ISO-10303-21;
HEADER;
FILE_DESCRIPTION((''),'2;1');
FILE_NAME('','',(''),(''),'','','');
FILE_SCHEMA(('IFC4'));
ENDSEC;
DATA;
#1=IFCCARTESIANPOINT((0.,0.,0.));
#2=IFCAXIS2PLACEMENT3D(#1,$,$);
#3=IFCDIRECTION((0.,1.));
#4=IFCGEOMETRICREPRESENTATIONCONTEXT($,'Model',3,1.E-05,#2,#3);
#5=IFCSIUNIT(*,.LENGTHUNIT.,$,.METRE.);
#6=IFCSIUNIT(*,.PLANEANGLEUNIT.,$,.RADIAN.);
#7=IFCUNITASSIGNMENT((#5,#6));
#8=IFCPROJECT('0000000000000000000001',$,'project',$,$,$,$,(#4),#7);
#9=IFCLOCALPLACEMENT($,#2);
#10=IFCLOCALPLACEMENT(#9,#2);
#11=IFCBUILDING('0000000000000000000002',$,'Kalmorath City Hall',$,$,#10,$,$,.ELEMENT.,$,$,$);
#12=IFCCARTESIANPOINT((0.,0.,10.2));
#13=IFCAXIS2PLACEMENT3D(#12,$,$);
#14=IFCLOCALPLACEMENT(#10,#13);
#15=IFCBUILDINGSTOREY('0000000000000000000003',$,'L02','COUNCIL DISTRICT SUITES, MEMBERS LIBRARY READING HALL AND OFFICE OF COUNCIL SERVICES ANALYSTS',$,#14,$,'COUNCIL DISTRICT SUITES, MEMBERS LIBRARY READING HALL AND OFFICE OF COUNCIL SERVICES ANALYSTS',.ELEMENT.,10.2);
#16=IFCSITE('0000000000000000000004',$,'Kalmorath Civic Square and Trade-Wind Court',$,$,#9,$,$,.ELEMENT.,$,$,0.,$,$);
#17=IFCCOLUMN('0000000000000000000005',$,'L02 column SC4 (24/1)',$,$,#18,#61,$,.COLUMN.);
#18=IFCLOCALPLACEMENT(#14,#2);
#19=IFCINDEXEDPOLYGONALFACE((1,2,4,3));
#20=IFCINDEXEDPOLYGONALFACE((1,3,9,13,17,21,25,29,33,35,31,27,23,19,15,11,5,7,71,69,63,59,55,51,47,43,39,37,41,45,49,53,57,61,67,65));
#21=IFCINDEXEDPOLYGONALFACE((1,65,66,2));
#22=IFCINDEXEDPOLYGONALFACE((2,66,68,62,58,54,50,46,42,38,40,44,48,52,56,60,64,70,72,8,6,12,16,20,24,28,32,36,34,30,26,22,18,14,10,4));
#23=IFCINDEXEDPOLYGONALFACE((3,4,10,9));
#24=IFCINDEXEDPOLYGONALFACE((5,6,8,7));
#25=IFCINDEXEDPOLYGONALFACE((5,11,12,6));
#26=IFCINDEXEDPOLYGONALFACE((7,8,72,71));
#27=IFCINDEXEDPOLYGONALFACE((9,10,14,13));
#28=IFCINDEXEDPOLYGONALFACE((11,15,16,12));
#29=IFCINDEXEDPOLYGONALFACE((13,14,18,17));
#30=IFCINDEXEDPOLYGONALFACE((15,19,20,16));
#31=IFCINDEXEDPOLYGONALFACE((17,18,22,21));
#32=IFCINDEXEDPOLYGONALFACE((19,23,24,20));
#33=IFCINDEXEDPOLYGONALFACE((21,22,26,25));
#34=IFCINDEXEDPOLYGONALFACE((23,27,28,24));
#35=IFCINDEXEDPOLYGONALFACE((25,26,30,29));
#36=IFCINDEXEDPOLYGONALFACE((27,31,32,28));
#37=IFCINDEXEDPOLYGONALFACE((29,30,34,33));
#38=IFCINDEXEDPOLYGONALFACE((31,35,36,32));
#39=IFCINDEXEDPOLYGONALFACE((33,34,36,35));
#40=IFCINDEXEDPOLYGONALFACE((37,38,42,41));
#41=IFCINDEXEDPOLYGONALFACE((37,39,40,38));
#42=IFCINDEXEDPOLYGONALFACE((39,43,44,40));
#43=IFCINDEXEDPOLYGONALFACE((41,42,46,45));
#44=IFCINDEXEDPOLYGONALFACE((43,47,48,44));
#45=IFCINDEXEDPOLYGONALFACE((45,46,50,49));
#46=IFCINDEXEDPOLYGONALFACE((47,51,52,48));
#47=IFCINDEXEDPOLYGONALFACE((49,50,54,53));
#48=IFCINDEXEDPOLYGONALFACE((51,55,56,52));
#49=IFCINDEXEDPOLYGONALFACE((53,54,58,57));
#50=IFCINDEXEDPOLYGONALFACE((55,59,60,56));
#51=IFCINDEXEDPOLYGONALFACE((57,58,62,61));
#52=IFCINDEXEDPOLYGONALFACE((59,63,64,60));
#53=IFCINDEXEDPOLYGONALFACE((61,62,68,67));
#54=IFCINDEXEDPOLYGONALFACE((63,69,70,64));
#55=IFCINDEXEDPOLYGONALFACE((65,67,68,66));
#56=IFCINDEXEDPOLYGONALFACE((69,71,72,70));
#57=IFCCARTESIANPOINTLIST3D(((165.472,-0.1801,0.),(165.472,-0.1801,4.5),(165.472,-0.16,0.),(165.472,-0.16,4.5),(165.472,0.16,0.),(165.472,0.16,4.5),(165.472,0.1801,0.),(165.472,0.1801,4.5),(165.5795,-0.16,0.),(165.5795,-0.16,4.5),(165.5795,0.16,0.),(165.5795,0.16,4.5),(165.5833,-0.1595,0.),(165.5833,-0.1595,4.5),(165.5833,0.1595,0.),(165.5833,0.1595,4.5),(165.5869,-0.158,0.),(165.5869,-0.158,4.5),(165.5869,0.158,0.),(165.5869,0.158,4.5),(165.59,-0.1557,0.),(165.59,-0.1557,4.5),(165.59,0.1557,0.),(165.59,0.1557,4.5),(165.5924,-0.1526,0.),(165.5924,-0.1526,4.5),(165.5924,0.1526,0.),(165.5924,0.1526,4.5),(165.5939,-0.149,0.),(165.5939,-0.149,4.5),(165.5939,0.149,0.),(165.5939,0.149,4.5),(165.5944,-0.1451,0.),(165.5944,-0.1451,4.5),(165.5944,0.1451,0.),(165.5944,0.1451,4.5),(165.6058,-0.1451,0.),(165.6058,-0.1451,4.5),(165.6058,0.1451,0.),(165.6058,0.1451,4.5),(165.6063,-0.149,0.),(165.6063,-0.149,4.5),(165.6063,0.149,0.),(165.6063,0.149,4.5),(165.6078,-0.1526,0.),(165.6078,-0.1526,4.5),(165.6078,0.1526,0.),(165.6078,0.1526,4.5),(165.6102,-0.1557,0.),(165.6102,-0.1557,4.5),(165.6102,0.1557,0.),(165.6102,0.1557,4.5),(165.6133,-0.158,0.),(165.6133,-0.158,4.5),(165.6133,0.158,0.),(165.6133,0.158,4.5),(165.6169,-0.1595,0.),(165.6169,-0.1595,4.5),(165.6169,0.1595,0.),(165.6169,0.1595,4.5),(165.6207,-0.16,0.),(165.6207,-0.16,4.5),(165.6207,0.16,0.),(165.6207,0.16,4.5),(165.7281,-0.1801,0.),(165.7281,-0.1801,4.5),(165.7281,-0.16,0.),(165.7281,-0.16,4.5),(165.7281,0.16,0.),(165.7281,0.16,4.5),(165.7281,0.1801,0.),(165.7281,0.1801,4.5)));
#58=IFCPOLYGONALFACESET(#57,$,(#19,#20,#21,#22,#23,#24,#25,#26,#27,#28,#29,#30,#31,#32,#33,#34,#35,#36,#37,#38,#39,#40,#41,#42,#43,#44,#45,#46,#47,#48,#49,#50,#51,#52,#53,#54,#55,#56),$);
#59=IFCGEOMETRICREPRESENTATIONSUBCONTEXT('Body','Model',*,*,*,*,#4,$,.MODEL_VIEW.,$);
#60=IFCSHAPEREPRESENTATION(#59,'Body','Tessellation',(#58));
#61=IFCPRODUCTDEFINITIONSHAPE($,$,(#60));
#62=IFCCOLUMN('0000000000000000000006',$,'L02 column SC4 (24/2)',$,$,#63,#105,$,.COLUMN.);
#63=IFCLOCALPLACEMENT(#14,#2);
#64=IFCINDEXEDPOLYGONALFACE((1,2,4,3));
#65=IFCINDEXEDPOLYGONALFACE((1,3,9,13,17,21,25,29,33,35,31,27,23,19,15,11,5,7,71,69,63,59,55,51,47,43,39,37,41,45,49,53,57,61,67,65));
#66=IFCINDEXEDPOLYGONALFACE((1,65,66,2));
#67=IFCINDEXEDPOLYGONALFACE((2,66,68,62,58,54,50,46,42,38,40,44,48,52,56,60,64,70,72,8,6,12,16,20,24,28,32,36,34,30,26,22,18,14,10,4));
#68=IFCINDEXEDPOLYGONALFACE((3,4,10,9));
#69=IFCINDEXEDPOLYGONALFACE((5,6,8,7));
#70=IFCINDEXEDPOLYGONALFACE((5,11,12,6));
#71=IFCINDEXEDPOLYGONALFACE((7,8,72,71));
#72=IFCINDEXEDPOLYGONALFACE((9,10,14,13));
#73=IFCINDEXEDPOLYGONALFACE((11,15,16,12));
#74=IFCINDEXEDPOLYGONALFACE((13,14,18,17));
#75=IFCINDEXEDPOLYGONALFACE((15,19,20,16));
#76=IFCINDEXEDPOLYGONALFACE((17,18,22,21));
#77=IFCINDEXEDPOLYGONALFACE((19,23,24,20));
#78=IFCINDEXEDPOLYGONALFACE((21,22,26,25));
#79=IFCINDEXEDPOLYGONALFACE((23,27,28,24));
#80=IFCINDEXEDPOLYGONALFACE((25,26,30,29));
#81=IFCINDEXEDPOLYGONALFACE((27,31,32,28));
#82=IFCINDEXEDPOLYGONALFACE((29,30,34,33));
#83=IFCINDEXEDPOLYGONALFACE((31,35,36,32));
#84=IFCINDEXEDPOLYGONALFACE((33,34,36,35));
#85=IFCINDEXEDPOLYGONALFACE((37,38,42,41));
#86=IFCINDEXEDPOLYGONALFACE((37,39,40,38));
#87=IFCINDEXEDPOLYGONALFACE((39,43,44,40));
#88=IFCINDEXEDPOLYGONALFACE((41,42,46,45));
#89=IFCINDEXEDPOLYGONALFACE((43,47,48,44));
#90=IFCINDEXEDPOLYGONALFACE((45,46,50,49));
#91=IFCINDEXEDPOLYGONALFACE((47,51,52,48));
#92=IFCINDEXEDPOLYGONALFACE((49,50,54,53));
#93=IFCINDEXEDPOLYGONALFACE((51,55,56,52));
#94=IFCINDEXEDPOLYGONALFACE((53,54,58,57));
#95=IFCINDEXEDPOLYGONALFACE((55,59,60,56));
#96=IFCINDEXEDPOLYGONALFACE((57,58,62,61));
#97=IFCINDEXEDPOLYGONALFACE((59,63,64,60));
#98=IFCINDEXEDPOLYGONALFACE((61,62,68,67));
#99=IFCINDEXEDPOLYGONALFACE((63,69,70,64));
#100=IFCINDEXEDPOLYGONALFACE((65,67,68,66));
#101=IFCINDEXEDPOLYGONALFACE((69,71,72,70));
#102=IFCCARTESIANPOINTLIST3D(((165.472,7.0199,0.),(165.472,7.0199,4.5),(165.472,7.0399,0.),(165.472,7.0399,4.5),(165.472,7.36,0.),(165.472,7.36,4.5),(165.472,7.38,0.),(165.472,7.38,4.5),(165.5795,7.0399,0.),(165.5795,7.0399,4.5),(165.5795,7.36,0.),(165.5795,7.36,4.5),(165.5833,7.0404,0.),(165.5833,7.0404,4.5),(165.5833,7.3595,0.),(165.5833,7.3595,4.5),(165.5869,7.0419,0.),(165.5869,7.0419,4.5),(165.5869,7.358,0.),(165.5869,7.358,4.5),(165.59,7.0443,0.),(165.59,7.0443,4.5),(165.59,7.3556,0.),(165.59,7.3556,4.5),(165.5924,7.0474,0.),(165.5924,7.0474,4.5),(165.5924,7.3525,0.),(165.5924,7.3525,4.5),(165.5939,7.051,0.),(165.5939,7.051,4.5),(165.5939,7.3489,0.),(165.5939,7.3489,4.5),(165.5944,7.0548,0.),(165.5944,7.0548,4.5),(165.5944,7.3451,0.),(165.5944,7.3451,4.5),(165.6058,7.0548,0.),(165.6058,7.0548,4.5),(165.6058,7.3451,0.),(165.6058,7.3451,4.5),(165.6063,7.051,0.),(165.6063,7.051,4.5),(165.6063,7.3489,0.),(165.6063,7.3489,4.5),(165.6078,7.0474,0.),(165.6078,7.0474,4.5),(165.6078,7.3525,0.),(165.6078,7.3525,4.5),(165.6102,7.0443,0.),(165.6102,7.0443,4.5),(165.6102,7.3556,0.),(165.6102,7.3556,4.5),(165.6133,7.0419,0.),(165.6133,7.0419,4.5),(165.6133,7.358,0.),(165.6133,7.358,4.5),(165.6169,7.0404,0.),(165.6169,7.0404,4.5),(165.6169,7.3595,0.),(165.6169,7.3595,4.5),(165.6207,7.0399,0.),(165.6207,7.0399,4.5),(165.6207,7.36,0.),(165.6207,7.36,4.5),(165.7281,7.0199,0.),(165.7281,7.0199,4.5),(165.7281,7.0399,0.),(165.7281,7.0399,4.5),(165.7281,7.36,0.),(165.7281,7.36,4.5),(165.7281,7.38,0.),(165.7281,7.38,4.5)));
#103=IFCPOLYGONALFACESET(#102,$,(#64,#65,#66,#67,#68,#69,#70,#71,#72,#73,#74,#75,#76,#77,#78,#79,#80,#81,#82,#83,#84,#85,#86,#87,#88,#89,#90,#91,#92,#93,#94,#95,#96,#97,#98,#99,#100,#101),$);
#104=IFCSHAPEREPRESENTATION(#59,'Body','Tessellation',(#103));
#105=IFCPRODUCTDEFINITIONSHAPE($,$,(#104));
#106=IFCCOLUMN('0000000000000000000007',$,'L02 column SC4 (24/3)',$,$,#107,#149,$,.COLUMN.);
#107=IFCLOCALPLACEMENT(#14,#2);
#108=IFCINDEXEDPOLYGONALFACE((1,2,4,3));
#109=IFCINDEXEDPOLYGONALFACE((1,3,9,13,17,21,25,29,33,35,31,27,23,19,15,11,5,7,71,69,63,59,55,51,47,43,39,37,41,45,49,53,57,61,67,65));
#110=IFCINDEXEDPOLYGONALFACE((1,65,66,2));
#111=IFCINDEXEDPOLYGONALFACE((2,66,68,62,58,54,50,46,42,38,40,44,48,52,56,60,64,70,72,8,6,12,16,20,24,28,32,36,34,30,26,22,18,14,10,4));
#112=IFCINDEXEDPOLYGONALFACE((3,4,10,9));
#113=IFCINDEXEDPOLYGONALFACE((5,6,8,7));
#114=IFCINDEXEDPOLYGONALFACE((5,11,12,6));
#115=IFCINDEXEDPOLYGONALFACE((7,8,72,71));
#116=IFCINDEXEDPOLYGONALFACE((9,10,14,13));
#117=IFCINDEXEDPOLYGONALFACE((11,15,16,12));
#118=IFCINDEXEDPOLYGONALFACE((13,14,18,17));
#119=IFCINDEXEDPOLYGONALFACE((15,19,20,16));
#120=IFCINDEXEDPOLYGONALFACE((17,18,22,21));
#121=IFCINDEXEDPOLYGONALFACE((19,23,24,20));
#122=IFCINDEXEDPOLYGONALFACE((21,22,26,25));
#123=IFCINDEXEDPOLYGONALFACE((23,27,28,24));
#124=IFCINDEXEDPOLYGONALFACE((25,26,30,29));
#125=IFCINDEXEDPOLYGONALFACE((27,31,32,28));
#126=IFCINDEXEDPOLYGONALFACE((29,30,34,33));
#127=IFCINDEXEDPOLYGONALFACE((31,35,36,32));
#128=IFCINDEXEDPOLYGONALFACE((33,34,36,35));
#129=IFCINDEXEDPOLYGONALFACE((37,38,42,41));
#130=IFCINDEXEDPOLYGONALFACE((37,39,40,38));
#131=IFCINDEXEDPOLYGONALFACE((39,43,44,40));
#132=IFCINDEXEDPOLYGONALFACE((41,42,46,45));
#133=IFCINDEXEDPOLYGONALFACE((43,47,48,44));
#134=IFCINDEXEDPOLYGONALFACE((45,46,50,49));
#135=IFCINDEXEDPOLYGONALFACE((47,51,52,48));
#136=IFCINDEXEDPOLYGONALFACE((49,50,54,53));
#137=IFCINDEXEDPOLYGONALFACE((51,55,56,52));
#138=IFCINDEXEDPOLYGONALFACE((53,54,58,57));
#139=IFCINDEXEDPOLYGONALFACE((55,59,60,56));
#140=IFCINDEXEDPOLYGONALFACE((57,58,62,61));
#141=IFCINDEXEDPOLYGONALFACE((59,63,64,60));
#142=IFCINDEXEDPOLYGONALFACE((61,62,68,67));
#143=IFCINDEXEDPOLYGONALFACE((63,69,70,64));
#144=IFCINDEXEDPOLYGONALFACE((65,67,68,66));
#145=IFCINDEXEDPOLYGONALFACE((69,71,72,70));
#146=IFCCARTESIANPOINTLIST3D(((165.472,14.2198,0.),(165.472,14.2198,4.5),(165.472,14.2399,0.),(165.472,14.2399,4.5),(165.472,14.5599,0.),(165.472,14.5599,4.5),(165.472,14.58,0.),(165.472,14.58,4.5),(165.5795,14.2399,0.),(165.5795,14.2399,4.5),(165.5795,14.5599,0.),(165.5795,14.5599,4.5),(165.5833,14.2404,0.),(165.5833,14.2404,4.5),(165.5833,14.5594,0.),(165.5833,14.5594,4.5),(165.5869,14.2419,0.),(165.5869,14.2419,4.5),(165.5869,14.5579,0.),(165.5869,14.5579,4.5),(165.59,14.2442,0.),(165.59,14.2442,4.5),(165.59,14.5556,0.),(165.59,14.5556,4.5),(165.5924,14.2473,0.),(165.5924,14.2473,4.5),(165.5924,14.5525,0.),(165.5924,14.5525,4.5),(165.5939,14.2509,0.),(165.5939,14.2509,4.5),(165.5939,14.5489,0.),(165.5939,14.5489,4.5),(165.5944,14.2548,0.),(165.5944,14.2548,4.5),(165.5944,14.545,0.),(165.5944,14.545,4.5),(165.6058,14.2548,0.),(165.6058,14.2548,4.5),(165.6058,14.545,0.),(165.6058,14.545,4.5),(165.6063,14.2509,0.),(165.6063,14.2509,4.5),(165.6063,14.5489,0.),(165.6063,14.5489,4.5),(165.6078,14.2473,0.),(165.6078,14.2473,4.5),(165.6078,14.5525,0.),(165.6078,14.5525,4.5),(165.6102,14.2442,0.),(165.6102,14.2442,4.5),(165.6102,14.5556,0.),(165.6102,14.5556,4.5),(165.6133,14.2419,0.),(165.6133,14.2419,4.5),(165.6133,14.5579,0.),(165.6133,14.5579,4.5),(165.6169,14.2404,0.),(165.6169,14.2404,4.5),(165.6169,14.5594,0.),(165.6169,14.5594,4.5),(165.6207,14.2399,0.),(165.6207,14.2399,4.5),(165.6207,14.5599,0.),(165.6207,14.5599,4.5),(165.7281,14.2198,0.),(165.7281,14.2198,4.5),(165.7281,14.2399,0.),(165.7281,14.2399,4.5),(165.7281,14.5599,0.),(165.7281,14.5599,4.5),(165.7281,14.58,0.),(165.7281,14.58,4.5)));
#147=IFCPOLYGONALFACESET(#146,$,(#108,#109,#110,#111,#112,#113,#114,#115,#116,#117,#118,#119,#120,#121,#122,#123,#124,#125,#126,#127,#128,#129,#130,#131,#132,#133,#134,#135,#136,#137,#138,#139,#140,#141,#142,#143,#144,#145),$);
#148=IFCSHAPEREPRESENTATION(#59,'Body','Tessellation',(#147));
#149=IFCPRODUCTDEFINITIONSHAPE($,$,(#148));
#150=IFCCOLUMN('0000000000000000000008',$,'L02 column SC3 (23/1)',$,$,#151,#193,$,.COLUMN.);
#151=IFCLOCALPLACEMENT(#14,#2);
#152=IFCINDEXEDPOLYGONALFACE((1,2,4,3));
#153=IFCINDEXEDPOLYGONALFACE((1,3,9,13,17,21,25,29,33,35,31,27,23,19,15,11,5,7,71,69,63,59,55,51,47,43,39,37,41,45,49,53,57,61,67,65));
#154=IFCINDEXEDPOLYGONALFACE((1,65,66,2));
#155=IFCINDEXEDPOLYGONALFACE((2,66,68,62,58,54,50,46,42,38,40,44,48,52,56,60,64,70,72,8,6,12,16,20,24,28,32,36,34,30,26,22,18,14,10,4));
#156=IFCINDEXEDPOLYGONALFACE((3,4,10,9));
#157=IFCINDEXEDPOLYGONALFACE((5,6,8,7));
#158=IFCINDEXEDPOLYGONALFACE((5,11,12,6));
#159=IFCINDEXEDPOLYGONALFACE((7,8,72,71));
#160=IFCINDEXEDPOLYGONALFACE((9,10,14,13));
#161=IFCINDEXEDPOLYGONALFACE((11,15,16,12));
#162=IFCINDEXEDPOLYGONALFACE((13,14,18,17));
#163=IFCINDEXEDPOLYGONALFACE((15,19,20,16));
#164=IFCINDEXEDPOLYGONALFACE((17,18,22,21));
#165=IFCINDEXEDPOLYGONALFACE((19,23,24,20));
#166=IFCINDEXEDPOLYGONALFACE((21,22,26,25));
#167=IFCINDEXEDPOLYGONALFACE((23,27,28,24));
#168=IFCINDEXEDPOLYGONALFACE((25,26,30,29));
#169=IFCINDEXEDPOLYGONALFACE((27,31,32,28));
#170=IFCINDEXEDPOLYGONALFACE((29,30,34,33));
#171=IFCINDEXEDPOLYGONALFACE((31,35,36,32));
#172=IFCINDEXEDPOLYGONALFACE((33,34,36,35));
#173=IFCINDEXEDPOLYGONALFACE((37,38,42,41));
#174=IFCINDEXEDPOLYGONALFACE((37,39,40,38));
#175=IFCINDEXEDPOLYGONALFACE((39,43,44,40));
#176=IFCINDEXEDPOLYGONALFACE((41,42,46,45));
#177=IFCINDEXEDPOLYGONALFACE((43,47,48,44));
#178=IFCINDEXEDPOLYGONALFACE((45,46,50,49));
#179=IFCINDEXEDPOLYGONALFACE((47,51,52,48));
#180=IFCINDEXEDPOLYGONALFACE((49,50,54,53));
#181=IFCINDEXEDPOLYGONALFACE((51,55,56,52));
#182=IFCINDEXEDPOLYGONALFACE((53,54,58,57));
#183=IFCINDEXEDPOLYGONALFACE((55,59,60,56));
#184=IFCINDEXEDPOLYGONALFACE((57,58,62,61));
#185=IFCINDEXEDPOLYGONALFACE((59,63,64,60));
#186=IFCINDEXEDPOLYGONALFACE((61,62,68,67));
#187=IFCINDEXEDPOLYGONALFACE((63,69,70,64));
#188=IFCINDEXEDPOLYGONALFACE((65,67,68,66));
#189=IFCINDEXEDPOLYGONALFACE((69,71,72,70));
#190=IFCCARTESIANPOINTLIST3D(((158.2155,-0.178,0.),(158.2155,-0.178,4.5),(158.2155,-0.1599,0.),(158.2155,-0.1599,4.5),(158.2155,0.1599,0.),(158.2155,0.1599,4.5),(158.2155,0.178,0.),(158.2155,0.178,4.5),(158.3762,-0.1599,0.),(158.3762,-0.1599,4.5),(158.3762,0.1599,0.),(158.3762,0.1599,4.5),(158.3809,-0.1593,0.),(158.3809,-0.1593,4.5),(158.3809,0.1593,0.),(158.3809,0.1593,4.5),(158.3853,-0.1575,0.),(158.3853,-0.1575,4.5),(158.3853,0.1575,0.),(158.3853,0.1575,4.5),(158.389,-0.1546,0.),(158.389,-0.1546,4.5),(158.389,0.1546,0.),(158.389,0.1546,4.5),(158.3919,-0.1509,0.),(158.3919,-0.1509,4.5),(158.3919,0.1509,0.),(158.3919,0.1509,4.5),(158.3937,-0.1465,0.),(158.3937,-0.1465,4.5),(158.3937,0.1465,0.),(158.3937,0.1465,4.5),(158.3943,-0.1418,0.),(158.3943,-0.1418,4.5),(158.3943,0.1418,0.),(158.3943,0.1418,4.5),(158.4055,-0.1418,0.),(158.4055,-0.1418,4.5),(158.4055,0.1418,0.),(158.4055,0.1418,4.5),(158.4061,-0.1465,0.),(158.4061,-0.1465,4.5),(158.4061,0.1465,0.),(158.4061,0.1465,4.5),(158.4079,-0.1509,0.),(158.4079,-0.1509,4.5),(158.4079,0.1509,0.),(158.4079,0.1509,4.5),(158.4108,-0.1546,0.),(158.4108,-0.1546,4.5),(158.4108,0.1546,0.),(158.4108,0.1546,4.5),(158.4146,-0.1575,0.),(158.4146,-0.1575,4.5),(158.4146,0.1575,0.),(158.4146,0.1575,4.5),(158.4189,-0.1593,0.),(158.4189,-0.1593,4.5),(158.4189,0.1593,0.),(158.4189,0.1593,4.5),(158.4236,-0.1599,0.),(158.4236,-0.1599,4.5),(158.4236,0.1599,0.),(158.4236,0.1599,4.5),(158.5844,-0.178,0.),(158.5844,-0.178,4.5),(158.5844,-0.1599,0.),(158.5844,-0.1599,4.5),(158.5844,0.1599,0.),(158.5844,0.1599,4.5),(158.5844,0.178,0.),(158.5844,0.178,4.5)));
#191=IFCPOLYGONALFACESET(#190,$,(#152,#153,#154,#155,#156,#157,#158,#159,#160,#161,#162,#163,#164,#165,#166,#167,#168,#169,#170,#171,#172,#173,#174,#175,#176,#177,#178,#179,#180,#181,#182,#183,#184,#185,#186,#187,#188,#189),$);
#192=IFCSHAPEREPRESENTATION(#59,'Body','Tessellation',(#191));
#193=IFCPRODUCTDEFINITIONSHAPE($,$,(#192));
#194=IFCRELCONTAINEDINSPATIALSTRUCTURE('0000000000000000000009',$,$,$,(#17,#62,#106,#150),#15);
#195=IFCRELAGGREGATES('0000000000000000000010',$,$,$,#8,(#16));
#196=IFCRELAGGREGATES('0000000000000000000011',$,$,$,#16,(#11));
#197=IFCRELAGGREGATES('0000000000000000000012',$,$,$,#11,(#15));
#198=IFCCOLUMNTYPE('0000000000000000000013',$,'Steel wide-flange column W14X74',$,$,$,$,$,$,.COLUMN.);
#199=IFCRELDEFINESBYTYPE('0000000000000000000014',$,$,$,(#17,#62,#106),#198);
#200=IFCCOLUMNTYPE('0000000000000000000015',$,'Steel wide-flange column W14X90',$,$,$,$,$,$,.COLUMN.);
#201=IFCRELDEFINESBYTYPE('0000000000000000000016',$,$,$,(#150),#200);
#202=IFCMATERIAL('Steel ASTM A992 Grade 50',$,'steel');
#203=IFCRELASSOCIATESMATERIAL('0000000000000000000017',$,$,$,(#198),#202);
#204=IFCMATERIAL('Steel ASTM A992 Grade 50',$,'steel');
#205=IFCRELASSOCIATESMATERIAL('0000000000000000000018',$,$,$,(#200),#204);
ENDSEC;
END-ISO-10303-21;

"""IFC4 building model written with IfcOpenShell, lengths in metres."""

from ifc_helpers import new_model, si_unit, direction, frame, origin, origin_2d, place, context, subcontext, project, spatial, i_section, extrude, material, material_profile, profile_set, type_object, element, save


model = new_model("IFC4")

# Units and contexts
model_context = context("Model", 3, precision=1e-05, world=origin(), true_north=direction((0.0, 1.0)))
body_context = subcontext(model_context, "Body", "Model", "MODEL_VIEW")
ifc_project = project(units=[si_unit("LENGTHUNIT", "METRE"), si_unit("PLANEANGLEUNIT", "RADIAN")], contexts=[model_context])

# Site, building, storey
site_placement = place(None, origin())
site = spatial("IfcSite", under=ifc_project, at=site_placement, Name="Kalmorath Civic Square and Trade-Wind Court", CompositionType="ELEMENT", RefElevation=0.0)
building_placement = place(site_placement, origin())
building = spatial("IfcBuilding", under=site, at=building_placement, Name="Kalmorath City Hall", CompositionType="ELEMENT")
storey_placement = place(building_placement, frame((0.0, 0.0, 10.2)))
storey = spatial("IfcBuildingStorey", under=building, at=storey_placement, Name="L02", Description="COUNCIL DISTRICT SUITES, MEMBERS LIBRARY READING HALL AND OFFICE OF COUNCIL SERVICES ANALYSTS", LongName="COUNCIL DISTRICT SUITES, MEMBERS LIBRARY READING HALL AND OFFICE OF COUNCIL SERVICES ANALYSTS", CompositionType="ELEMENT", Elevation=10.2)

# Columns
ifc_material_1 = material(Name="Steel ASTM A992 Grade 50", Category="steel")
ifc_material_profile_1 = material_profile(ifc_material_1, i_section(OverallWidth=0.2561, OverallDepth=0.3601, WebThickness=0.0115, FlangeThickness=0.02, FilletRadius=0.0149, at=origin_2d()), Name="W14X74")
ifc_profile_set_1 = profile_set([ifc_material_profile_1], Name="Steel ASTM A992 Grade 50")
column_type_1 = type_object("IfcColumnType", Name="Steel wide-flange column W14X74", PredefinedType="COLUMN", material=ifc_profile_set_1)
for number, where, z_axis, x_axis, name in (
    (1, (165.6001, 0.0, 0.0), (0.0, 0.0, 1.0), (1.0, 0.0, 0.0), "L02 column SC4 (24/1)"),
    (2, (165.6001, 7.2, 0.0), (0.0, 0.0, 1.0), (1.0, 0.0, 0.0), "L02 column SC4 (24/2)"),
    (3, (165.6001, 14.3999, 0.0), (0.0, 0.0, 1.0), (1.0, 0.0, 0.0), "L02 column SC4 (24/3)"),
):
    element("IfcColumn", number, at=place(storey_placement, frame(where, z_axis=z_axis, x_axis=x_axis)), inside=storey, type_object=column_type_1, Name=name, PredefinedType="COLUMN", context=body_context, shape_type="SweptSolid", body=[
        extrude(i_section(OverallWidth=0.2561, OverallDepth=0.3601, WebThickness=0.0115, FlangeThickness=0.02, FilletRadius=0.0149, at=origin_2d()), origin(), (0.0, 0.0, 1.0), 4.5),
    ])
ifc_material_2 = material(Name="Steel ASTM A992 Grade 50", Category="steel")
ifc_material_profile_2 = material_profile(ifc_material_2, i_section(OverallWidth=0.3689, OverallDepth=0.356, WebThickness=0.0112, FlangeThickness=0.0181, FilletRadius=0.0181, at=origin_2d()), Name="W14X90")
ifc_profile_set_2 = profile_set([ifc_material_profile_2], Name="Steel ASTM A992 Grade 50")
column_type_2 = type_object("IfcColumnType", Name="Steel wide-flange column W14X90", PredefinedType="COLUMN", material=ifc_profile_set_2)
column_placement = place(storey_placement, frame((158.3999, 0.0, 0.0), z_axis=(0.0, 0.0, 1.0), x_axis=(1.0, 0.0, 0.0)))
element("IfcColumn", 4, at=column_placement, inside=storey, type_object=column_type_2, Name="L02 column SC3 (23/1)", PredefinedType="COLUMN", context=body_context, shape_type="SweptSolid", body=[
    extrude(i_section(OverallWidth=0.3689, OverallDepth=0.356, WebThickness=0.0112, FlangeThickness=0.0181, FilletRadius=0.0181, at=origin_2d()), origin(), (0.0, 0.0, 1.0), 4.5),
])

save(model, "model.ifc")
